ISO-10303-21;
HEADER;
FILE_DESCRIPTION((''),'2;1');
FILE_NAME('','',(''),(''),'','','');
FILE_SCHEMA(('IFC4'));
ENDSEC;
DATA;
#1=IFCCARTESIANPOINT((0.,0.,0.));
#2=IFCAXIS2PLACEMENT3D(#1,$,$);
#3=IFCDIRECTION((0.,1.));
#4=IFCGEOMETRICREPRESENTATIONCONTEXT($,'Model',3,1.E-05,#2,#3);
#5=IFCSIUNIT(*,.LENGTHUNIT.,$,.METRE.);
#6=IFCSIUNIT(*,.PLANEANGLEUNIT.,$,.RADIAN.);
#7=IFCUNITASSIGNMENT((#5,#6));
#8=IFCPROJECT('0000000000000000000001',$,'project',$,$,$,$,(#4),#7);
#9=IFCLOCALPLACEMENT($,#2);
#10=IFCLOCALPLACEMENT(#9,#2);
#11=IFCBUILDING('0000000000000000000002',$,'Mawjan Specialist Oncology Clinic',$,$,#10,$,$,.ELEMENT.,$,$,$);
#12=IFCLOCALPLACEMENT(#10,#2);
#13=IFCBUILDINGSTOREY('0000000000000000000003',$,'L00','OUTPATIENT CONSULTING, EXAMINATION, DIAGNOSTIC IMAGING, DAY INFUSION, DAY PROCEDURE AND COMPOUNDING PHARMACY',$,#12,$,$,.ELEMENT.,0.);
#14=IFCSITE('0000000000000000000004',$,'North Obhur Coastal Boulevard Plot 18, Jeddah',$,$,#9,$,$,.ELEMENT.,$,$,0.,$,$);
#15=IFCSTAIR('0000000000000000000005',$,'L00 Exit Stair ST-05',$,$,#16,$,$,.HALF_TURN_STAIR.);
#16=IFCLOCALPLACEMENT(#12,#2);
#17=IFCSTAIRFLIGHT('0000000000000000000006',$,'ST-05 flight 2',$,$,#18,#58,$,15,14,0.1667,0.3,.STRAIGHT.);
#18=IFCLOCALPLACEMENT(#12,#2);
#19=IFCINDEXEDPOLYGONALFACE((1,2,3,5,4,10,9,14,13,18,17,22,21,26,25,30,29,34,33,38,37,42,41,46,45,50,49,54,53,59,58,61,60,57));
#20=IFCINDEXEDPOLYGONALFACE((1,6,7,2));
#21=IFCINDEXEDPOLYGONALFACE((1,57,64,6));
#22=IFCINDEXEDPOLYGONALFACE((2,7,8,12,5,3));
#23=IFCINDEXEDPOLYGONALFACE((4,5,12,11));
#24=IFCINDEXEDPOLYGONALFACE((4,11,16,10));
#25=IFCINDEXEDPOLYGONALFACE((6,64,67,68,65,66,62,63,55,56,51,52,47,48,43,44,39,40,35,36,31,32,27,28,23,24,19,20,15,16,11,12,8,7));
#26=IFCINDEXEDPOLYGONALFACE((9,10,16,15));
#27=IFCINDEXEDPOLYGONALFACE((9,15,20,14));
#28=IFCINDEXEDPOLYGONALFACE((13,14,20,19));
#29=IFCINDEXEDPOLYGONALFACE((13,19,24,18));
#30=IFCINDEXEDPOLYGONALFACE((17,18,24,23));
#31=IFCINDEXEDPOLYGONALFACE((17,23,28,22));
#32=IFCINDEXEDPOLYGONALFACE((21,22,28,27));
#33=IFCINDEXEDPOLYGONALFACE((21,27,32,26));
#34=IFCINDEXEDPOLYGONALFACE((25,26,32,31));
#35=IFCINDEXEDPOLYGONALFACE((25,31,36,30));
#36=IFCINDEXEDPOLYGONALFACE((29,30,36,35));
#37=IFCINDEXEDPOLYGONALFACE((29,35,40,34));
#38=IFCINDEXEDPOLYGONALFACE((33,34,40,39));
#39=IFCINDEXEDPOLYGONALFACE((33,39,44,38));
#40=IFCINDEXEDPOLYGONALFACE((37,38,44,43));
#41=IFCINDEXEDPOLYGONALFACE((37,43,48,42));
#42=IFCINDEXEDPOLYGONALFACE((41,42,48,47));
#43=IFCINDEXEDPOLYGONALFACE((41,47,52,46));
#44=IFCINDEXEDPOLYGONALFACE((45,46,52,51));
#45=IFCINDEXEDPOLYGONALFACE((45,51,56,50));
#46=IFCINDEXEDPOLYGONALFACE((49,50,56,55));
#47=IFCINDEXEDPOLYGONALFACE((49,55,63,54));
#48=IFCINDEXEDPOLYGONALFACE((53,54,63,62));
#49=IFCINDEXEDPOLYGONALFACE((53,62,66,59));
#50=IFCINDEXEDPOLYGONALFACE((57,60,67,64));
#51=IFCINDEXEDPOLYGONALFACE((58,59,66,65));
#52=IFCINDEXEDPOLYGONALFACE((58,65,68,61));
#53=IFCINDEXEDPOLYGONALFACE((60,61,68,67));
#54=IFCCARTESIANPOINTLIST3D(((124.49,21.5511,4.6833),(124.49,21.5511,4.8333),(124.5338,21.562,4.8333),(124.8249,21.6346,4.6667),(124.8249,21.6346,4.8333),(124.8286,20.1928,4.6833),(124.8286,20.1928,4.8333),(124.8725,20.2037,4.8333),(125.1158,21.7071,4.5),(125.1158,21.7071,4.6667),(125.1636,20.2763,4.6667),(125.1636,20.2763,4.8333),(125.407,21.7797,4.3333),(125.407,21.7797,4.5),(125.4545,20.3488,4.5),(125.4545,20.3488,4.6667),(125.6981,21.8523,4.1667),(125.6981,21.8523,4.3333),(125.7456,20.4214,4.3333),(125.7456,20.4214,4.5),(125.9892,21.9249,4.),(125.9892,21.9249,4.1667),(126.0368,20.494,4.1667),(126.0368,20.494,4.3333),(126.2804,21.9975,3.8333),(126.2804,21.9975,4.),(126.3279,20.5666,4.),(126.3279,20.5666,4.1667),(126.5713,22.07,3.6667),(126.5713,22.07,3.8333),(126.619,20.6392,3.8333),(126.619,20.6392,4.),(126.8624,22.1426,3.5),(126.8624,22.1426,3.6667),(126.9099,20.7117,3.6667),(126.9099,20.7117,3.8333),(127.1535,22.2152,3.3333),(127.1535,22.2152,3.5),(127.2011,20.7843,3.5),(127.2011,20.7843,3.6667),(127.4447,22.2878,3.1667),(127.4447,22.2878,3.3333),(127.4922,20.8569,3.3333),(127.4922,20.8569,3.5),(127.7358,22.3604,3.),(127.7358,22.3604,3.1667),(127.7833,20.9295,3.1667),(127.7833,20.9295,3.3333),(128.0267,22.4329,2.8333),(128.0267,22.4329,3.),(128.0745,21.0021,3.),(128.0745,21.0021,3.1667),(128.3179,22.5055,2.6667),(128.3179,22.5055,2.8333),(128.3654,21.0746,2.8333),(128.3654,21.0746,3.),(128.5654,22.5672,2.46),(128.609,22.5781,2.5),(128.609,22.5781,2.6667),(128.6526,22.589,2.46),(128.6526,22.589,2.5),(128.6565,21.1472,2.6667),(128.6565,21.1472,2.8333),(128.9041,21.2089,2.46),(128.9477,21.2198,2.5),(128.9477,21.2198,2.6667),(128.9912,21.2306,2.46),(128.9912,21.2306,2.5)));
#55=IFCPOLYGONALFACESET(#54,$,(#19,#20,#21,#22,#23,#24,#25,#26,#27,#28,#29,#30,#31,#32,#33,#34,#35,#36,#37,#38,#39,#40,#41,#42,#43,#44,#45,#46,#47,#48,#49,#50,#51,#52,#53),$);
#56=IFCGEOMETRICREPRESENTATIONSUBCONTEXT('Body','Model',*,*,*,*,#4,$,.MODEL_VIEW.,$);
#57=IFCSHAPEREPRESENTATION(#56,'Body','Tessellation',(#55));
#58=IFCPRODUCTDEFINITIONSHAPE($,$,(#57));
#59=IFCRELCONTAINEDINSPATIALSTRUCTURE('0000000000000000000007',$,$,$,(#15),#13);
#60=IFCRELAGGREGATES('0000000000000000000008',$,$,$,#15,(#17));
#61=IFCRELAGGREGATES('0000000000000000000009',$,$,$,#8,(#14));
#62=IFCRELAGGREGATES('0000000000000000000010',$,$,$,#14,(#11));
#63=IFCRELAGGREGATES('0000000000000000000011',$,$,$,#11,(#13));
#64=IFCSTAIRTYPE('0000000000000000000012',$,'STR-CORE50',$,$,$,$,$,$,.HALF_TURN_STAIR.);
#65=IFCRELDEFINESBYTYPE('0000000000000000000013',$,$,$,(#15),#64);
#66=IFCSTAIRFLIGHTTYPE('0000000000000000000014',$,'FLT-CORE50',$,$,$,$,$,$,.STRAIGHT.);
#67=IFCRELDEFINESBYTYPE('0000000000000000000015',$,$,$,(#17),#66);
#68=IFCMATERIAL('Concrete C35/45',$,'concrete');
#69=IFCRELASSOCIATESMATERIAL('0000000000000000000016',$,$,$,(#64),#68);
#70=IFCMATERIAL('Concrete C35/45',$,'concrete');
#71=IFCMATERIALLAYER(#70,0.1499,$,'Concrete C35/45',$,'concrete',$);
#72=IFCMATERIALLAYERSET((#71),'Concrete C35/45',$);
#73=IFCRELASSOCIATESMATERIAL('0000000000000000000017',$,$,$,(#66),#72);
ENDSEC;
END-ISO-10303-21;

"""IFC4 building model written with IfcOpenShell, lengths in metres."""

from ifc_helpers import new_model, si_unit, direction, frame, origin, place, context, subcontext, project, spatial, polyline, outline, extrude, material, layer, layer_set, type_object, element, aggregate, save


model = new_model("IFC4")

# Units and contexts
model_context = context("Model", 3, precision=1e-05, world=origin(), true_north=direction((0.0, 1.0)))
body_context = subcontext(model_context, "Body", "Model", "MODEL_VIEW")
ifc_project = project(units=[si_unit("LENGTHUNIT", "METRE"), si_unit("PLANEANGLEUNIT", "RADIAN")], contexts=[model_context])

# Site, building, storey
site_placement = place(None, origin())
site = spatial("IfcSite", under=ifc_project, at=site_placement, Name="North Obhur Coastal Boulevard Plot 18, Jeddah", CompositionType="ELEMENT", RefElevation=0.0)
building_placement = place(site_placement, origin())
building = spatial("IfcBuilding", under=site, at=building_placement, Name="Mawjan Specialist Oncology Clinic", CompositionType="ELEMENT")
storey_placement = place(building_placement, origin())
storey = spatial("IfcBuildingStorey", under=building, at=storey_placement, Name="L00", Description="OUTPATIENT CONSULTING, EXAMINATION, DIAGNOSTIC IMAGING, DAY INFUSION, DAY PROCEDURE AND COMPOUNDING PHARMACY", CompositionType="ELEMENT", Elevation=0.0)

# Stair, stair flight
ifc_material_1 = material(Name="Concrete C35/45", Category="concrete")
stair_type = type_object("IfcStairType", Name="STR-CORE50", PredefinedType="HALF_TURN_STAIR", material=ifc_material_1)
stair_placement = place(storey_placement, origin())
stair = element("IfcStair", 1, at=stair_placement, inside=storey, type_object=stair_type, Name="L00 Exit Stair ST-05", PredefinedType="HALF_TURN_STAIR")
ifc_material_2 = material(Name="Concrete C35/45", Category="concrete")
ifc_layer_1 = layer(ifc_material_2, 0.1499, Name="Concrete C35/45", Category="concrete")
ifc_layer_set_1 = layer_set([ifc_layer_1], Name="Concrete C35/45")
stair_flight_type = type_object("IfcStairFlightType", Name="FLT-CORE50", PredefinedType="STRAIGHT", material=ifc_layer_set_1)
stair_flight_placement = place(storey_placement, frame((128.7783, 21.8989, 2.5), z_axis=(0.0, 0.0, 1.0), x_axis=(-0.970296, -0.241922, 0.0)))
stair_flight = element("IfcStairFlight", 2, at=stair_flight_placement, type_object=stair_flight_type, Name="ST-05 flight 2", NumberOfRisers=15, NumberOfTreads=14, PredefinedType="STRAIGHT", RiserHeight=0.1667, TreadLength=0.3, context=body_context, shape_type="SweptSolid", body=[
    extrude(outline(polyline([(-0.0449, -0.04), (-0.0449, 0.0), (0.0, 0.0), (0.0, 0.1667), (0.3, 0.1667), (0.3, 0.3333), (0.6001, 0.3333), (0.6001, 0.5), (0.8999, 0.5), (0.8999, 0.6667), (1.2, 0.6667), (1.2, 0.8333), (1.5, 0.8333), (1.5, 1.0), (1.8, 1.0), (1.8, 1.1667), (2.1001, 1.1667), (2.1001, 1.3333), (2.3999, 1.3333), (2.3999, 1.5), (2.7, 1.5), (2.7, 1.6667), (3.0, 1.6667), (3.0, 1.8333), (3.3, 1.8333), (3.3, 2.0), (3.6001, 2.0), (3.6001, 2.1667), (3.8999, 2.1667), (3.8999, 2.3333), (4.2, 2.3333), (4.2451, 2.3333), (4.2451, 2.1833), (0.0449, -0.04), (-0.0449, -0.04)])), frame((0.0, 0.7, 0.0), z_axis=(0.0, -1.0, 0.0), x_axis=(1.0, 0.0, 0.0)), (0.0, 0.0, 1.0), 1.3999),
])
aggregate(stair, [stair_flight])

save(model, "model.ifc")
